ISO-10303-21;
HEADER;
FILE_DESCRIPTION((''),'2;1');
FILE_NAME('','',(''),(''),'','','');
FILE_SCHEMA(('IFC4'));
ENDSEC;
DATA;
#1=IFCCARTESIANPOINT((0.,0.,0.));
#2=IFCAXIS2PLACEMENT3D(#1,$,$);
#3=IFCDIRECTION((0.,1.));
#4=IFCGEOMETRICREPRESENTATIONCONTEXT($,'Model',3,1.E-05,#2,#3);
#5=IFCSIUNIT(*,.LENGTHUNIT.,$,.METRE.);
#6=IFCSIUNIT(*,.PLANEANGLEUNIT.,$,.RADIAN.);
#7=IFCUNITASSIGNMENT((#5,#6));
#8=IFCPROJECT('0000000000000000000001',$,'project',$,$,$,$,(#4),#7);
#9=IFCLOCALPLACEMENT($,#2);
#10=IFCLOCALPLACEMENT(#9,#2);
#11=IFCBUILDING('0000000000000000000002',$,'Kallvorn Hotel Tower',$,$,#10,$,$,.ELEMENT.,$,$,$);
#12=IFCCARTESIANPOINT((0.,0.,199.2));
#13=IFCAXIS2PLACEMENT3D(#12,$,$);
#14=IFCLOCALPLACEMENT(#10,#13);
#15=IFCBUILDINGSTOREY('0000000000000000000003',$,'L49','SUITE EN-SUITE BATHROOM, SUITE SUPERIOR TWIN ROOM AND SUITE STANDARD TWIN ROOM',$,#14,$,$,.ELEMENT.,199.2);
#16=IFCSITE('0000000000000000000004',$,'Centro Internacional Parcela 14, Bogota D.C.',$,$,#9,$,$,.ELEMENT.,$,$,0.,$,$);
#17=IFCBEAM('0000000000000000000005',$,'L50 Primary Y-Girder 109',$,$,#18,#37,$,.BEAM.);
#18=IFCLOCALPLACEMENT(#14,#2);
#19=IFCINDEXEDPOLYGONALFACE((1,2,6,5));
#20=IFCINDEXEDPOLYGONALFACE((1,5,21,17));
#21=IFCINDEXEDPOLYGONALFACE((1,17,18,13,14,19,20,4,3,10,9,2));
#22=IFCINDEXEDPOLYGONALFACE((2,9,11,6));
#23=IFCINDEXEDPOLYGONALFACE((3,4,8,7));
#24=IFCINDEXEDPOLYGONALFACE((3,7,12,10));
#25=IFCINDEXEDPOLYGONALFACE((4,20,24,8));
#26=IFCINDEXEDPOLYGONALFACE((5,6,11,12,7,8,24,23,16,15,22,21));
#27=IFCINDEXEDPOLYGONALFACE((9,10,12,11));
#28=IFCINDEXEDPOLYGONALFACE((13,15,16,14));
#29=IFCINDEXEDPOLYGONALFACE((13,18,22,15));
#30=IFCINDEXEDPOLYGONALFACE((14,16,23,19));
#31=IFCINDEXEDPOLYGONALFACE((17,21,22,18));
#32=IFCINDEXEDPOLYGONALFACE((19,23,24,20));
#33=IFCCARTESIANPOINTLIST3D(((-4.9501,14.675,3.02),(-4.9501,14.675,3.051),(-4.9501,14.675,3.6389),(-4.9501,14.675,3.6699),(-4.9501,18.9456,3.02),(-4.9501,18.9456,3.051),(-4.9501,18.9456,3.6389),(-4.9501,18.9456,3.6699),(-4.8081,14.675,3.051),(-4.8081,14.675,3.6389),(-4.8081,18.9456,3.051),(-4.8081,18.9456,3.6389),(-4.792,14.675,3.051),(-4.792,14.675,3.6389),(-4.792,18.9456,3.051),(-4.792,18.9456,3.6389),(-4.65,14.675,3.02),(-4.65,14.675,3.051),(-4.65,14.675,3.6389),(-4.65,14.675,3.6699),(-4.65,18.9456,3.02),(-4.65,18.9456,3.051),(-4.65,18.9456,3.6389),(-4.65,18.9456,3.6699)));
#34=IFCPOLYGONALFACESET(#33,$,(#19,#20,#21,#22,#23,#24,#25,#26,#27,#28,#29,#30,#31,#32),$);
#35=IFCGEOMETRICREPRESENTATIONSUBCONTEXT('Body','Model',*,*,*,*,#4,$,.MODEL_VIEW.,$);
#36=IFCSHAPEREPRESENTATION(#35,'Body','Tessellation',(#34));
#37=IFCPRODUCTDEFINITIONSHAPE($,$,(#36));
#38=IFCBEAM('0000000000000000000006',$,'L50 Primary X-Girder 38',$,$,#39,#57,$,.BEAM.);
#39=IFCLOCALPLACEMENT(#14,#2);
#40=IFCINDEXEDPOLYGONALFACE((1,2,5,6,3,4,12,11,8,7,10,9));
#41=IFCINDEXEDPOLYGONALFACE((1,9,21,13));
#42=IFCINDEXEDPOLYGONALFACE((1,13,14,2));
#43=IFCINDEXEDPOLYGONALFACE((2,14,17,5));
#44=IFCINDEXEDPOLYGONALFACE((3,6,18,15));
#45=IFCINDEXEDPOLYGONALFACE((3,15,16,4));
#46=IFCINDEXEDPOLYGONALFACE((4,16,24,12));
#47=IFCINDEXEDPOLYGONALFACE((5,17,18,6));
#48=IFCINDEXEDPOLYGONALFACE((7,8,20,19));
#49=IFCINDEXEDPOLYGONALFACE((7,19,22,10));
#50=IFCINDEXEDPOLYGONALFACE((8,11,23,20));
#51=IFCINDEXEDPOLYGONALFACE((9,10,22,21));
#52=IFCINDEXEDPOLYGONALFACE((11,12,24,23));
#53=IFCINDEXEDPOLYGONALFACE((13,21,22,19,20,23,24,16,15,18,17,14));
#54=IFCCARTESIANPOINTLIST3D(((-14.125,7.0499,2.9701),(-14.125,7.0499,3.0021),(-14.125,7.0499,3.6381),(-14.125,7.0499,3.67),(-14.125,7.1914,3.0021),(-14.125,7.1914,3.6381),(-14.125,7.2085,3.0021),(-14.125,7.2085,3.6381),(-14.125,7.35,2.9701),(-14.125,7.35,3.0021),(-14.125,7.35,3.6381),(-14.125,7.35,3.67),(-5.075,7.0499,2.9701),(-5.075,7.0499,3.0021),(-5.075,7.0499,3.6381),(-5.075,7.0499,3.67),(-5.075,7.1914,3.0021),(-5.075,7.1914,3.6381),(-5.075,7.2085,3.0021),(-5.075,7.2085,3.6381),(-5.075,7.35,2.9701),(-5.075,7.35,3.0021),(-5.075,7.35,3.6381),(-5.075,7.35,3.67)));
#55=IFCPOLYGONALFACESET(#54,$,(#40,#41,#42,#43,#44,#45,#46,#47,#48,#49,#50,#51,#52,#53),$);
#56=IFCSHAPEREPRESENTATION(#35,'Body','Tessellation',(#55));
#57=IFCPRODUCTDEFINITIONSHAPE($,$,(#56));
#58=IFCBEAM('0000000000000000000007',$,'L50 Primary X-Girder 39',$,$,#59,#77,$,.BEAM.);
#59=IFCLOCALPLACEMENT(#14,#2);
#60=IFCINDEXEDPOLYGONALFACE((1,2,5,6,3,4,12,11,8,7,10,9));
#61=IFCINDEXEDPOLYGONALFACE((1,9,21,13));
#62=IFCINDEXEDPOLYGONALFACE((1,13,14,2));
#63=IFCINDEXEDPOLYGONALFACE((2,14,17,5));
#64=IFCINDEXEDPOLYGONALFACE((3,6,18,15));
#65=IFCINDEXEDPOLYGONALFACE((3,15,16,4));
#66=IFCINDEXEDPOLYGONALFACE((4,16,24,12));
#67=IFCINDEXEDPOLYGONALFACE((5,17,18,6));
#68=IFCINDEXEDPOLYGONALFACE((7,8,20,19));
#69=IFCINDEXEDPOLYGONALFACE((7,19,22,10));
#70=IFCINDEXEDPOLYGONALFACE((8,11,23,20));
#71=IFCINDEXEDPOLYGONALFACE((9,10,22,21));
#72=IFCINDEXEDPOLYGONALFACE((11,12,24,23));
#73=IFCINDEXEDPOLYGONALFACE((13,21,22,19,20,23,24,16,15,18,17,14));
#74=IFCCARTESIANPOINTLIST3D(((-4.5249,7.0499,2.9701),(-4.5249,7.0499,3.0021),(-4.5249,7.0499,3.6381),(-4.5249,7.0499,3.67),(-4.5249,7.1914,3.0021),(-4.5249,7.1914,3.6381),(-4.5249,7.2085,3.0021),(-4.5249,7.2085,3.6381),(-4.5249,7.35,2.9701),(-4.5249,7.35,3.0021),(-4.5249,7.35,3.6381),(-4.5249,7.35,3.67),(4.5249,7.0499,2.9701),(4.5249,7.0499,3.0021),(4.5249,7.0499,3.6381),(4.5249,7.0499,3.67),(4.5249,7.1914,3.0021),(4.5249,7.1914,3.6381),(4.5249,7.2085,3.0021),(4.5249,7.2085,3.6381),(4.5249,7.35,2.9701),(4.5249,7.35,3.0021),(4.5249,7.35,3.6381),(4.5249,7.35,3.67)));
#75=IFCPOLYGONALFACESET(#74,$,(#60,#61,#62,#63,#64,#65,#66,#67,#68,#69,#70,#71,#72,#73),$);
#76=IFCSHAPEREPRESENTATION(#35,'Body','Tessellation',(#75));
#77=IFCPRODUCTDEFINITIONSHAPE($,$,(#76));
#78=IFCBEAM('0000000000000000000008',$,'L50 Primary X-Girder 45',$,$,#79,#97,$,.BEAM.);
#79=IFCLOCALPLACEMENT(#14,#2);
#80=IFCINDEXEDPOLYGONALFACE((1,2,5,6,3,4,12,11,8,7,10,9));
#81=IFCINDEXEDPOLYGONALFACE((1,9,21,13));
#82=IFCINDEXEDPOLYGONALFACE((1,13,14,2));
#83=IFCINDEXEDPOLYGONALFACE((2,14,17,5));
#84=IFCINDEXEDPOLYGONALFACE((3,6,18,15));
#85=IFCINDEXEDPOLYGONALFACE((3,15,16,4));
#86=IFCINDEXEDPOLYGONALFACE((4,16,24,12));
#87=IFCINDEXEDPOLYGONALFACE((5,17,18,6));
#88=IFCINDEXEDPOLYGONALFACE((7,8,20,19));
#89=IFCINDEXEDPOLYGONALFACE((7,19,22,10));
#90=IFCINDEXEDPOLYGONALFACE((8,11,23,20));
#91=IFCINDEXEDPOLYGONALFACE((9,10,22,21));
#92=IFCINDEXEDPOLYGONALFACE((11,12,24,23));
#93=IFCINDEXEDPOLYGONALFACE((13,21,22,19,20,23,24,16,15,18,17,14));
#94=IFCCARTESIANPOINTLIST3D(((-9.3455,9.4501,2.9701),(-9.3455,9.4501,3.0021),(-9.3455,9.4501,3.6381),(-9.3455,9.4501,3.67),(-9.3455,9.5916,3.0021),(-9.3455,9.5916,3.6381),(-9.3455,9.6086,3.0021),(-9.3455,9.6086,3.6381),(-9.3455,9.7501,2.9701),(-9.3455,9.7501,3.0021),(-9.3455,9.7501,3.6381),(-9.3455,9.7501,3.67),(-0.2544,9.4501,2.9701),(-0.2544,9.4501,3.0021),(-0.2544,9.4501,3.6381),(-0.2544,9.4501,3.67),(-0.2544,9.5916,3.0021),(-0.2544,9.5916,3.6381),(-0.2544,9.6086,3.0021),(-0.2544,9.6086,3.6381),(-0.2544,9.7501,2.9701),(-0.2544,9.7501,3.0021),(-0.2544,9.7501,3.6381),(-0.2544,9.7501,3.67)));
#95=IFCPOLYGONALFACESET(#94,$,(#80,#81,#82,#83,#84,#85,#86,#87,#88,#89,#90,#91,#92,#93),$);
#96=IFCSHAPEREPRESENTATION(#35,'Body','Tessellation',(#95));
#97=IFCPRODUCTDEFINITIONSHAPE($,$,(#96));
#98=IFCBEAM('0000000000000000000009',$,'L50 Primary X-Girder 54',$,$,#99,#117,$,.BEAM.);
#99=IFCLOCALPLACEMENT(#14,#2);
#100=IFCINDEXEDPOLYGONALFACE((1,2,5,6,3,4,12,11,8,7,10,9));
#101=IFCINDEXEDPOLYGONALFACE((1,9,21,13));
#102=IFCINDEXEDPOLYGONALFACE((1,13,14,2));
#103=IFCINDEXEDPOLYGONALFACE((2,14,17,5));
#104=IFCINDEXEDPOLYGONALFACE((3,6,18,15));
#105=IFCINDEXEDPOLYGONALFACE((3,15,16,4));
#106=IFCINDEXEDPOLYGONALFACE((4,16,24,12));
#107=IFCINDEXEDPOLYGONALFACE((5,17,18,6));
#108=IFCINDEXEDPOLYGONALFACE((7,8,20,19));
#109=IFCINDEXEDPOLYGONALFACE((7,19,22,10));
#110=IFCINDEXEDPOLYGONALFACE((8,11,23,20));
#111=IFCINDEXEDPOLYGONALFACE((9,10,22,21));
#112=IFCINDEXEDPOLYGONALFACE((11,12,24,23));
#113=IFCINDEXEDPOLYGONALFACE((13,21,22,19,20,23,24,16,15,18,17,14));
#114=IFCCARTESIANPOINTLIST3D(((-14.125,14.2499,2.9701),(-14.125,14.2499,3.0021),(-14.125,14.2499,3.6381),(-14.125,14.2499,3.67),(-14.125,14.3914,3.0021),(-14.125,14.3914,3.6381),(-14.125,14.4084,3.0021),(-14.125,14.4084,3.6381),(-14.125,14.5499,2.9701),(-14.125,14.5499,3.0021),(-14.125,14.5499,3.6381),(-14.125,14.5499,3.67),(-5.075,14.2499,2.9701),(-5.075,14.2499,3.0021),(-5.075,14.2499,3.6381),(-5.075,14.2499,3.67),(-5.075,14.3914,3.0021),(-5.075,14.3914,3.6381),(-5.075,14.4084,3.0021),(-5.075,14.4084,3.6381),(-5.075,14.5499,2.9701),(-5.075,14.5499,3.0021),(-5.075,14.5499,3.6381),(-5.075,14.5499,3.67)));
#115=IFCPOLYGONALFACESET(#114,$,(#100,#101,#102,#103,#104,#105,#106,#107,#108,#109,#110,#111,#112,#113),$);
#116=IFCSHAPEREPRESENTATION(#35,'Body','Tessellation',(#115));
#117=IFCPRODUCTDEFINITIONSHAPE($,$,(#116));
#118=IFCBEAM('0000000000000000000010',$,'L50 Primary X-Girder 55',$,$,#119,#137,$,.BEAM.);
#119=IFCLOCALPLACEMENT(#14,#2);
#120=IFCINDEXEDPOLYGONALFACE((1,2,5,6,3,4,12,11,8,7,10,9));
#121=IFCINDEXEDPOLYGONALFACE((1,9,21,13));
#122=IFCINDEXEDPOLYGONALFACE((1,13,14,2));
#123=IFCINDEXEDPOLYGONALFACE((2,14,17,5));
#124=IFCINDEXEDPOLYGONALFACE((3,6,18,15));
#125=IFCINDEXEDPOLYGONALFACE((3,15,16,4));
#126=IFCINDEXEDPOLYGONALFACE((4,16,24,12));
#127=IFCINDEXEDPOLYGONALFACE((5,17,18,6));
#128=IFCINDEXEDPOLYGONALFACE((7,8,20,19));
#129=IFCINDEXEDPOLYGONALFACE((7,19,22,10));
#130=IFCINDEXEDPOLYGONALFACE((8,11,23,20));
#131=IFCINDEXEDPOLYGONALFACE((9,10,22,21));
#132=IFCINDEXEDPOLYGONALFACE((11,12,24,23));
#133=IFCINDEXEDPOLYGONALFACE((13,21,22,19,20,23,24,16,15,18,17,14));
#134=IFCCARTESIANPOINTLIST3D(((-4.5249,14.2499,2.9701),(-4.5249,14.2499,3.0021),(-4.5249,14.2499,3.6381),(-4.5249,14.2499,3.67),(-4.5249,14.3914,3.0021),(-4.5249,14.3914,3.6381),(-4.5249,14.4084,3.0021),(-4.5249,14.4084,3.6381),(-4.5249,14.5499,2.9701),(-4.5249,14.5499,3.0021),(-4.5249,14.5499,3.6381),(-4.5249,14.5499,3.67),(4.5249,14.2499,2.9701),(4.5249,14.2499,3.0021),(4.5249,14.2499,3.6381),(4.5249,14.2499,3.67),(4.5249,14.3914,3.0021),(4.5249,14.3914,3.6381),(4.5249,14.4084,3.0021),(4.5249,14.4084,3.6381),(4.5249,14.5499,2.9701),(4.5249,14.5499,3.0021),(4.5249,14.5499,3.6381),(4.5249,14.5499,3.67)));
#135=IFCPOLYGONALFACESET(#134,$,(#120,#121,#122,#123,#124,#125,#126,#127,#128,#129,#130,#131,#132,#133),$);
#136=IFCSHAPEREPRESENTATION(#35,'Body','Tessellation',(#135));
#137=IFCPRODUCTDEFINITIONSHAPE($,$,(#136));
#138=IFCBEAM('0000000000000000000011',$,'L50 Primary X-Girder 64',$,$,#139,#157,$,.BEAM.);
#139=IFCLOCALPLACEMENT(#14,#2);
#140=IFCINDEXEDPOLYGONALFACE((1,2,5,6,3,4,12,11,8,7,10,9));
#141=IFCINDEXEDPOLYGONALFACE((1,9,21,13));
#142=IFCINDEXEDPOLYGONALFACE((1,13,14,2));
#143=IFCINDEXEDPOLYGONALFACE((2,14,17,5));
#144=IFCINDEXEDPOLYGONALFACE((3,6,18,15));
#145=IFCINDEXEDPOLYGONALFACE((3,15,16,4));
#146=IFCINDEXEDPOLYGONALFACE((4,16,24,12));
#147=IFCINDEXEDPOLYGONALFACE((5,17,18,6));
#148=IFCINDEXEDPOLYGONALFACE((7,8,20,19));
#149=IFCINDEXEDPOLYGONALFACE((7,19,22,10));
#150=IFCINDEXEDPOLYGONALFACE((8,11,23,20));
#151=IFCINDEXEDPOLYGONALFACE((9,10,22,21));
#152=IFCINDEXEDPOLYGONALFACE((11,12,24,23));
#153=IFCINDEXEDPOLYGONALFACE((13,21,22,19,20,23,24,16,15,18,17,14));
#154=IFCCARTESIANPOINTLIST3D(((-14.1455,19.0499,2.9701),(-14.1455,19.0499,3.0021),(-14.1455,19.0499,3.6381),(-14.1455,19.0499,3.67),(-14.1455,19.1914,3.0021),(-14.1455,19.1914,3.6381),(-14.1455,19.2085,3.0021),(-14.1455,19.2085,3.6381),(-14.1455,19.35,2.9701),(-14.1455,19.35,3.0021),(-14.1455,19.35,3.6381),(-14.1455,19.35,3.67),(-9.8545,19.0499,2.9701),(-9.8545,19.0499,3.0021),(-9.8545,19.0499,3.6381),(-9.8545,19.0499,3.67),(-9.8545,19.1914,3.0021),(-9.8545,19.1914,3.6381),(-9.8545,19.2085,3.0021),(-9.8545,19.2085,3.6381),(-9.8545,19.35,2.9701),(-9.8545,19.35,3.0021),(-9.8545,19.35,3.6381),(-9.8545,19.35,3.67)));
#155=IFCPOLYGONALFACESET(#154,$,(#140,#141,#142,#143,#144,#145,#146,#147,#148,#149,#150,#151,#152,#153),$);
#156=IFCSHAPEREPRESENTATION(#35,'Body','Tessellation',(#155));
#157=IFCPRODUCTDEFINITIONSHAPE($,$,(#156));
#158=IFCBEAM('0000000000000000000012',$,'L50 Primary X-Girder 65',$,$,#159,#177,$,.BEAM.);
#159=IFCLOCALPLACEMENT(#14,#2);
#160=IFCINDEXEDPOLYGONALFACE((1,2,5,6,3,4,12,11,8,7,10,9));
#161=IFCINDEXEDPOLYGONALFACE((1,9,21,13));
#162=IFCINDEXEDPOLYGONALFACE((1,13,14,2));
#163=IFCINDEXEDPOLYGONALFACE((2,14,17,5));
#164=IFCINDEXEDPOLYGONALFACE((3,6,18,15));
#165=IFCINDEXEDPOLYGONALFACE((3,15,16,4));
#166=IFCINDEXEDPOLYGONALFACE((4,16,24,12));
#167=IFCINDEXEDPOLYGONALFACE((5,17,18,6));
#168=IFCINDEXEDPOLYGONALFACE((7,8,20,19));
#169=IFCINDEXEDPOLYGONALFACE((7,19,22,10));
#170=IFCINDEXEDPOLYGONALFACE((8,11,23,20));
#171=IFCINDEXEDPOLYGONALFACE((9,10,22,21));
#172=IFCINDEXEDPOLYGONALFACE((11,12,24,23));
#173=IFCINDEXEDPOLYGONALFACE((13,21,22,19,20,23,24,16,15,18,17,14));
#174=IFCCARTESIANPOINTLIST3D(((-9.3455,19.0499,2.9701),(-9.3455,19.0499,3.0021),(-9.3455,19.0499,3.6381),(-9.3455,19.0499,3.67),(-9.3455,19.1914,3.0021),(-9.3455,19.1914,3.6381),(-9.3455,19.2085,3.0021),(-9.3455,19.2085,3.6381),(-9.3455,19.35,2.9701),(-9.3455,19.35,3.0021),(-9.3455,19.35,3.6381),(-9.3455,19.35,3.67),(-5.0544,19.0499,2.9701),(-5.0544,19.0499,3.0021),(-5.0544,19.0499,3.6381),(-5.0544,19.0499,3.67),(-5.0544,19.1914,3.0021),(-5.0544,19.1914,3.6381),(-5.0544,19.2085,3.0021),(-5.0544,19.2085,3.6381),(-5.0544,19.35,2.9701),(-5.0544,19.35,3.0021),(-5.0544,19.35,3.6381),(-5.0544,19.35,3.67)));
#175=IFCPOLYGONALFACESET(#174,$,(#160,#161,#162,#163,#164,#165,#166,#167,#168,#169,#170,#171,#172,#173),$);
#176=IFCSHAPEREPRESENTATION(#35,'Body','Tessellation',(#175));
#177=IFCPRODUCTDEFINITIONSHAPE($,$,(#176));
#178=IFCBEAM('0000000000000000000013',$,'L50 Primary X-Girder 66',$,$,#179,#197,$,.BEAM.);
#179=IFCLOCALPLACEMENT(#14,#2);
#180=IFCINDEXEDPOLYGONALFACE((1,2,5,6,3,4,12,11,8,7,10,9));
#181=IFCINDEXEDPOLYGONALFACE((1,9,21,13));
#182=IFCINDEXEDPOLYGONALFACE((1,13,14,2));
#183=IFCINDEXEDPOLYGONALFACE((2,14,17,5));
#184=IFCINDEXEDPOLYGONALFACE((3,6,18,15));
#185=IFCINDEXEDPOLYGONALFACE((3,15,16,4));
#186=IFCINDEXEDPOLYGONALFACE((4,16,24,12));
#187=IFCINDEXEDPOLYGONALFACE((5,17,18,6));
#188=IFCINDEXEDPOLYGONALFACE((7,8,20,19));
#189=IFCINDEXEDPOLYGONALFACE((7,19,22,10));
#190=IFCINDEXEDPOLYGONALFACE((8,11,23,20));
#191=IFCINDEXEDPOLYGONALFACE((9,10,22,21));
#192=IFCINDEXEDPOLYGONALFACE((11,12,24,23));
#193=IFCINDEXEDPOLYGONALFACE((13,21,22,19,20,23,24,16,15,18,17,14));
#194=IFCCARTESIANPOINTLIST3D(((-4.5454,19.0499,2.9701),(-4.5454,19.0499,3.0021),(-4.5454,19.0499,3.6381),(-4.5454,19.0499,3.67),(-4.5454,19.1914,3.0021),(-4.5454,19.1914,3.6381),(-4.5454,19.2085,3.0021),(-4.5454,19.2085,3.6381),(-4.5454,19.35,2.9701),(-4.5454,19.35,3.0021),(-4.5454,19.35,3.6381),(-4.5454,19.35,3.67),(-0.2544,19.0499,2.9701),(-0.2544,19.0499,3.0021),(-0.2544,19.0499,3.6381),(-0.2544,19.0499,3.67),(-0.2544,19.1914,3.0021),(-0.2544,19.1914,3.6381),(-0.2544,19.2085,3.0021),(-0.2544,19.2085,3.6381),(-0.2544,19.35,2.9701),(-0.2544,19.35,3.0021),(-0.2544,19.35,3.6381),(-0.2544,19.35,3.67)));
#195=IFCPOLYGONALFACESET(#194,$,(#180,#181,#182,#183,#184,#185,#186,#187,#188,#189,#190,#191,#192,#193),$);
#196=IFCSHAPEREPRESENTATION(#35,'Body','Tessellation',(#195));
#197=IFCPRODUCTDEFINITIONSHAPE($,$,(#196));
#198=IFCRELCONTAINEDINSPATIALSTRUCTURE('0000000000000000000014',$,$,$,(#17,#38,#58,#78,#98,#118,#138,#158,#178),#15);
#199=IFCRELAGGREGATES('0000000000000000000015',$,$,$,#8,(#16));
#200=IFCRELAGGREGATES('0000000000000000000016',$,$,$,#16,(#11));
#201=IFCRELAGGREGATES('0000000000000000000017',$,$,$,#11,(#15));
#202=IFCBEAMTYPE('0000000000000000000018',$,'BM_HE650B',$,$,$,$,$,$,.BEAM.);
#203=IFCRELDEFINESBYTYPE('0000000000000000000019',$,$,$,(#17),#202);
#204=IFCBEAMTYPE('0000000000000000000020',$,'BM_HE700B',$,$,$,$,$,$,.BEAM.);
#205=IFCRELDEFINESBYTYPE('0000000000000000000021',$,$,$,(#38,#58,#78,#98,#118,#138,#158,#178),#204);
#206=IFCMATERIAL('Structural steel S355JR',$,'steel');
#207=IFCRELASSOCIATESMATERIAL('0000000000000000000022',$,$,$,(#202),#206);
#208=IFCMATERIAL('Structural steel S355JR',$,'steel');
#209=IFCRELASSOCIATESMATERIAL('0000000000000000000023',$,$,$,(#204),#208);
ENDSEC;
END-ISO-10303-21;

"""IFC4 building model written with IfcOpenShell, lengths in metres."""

from ifc_helpers import new_model, si_unit, direction, frame, origin, origin_2d, place, context, subcontext, project, spatial, i_section, extrude, material, material_profile, profile_set, type_object, element, save


model = new_model("IFC4")

# Units and contexts
model_context = context("Model", 3, precision=1e-05, world=origin(), true_north=direction((0.0, 1.0)))
body_context = subcontext(model_context, "Body", "Model", "MODEL_VIEW")
ifc_project = project(units=[si_unit("LENGTHUNIT", "METRE"), si_unit("PLANEANGLEUNIT", "RADIAN")], contexts=[model_context])

# Site, building, storey
site_placement = place(None, origin())
site = spatial("IfcSite", under=ifc_project, at=site_placement, Name="Centro Internacional Parcela 14, Bogota D.C.", CompositionType="ELEMENT", RefElevation=0.0)
building_placement = place(site_placement, origin())
building = spatial("IfcBuilding", under=site, at=building_placement, Name="Kallvorn Hotel Tower", CompositionType="ELEMENT")
storey_placement = place(building_placement, frame((0.0, 0.0, 199.2)))
storey = spatial("IfcBuildingStorey", under=building, at=storey_placement, Name="L49", Description="SUITE EN-SUITE BATHROOM, SUITE SUPERIOR TWIN ROOM AND SUITE STANDARD TWIN ROOM", CompositionType="ELEMENT", Elevation=199.2)

# Beams
ifc_material_1 = material(Name="Structural steel S355JR", Category="steel")
ifc_material_profile_1 = material_profile(ifc_material_1, i_section(OverallWidth=0.3, OverallDepth=0.6499, WebThickness=0.0161, FlangeThickness=0.031, at=origin_2d()), Name="HE 650 B")
ifc_profile_set_1 = profile_set([ifc_material_profile_1], Name="Structural steel S355JR")
beam_type_1 = type_object("IfcBeamType", Name="BM_HE650B", PredefinedType="BEAM", material=ifc_profile_set_1)
beam_1_placement = place(storey_placement, frame((-4.8, 14.675, 3.345), z_axis=(0.0, 1.0, 0.0), x_axis=(-1.0, 0.0, 0.0)))
element("IfcBeam", 1, at=beam_1_placement, inside=storey, type_object=beam_type_1, Name="L50 Primary Y-Girder 109", PredefinedType="BEAM", context=body_context, shape_type="SweptSolid", body=[
    extrude(i_section(OverallWidth=0.3, OverallDepth=0.6499, WebThickness=0.0161, FlangeThickness=0.031, at=origin_2d()), origin(), (0.0, 0.0, 1.0), 4.2705),
])
ifc_material_2 = material(Name="Structural steel S355JR", Category="steel")
ifc_material_profile_2 = material_profile(ifc_material_2, i_section(OverallWidth=0.3, OverallDepth=0.7, WebThickness=0.0171, FlangeThickness=0.032, at=origin_2d()), Name="HE 700 B")
ifc_profile_set_2 = profile_set([ifc_material_profile_2], Name="Structural steel S355JR")
beam_type_2 = type_object("IfcBeamType", Name="BM_HE700B", PredefinedType="BEAM", material=ifc_profile_set_2)
beam_2_placement = place(storey_placement, frame((-14.125, 7.2, 3.3201), z_axis=(1.0, 0.0, 0.0), x_axis=(0.0, 1.0, 0.0)))
element("IfcBeam", 2, at=beam_2_placement, inside=storey, type_object=beam_type_2, Name="L50 Primary X-Girder 38", PredefinedType="BEAM", context=body_context, shape_type="SweptSolid", body=[
    extrude(i_section(OverallWidth=0.3, OverallDepth=0.7, WebThickness=0.0171, FlangeThickness=0.032, at=origin_2d()), origin(), (0.0, 0.0, 1.0), 9.05),
])
beam_3_placement = place(storey_placement, frame((-4.5249, 7.2, 3.3201), z_axis=(1.0, 0.0, 0.0), x_axis=(0.0, 1.0, 0.0)))
element("IfcBeam", 3, at=beam_3_placement, inside=storey, type_object=beam_type_2, Name="L50 Primary X-Girder 39", PredefinedType="BEAM", context=body_context, shape_type="SweptSolid", body=[
    extrude(i_section(OverallWidth=0.3, OverallDepth=0.7, WebThickness=0.0171, FlangeThickness=0.032, at=origin_2d()), origin(), (0.0, 0.0, 1.0), 9.0498),
])
beam_4_placement = place(storey_placement, frame((-9.3455, 9.6001, 3.3201), z_axis=(1.0, 0.0, 0.0), x_axis=(0.0, 1.0, 0.0)))
element("IfcBeam", 4, at=beam_4_placement, inside=storey, type_object=beam_type_2, Name="L50 Primary X-Girder 45", PredefinedType="BEAM", context=body_context, shape_type="SweptSolid", body=[
    extrude(i_section(OverallWidth=0.3, OverallDepth=0.7, WebThickness=0.0171, FlangeThickness=0.032, at=origin_2d()), origin(), (0.0, 0.0, 1.0), 9.0911),
])
beam_5_placement = place(storey_placement, frame((-14.125, 14.3999, 3.3201), z_axis=(1.0, 0.0, 0.0), x_axis=(0.0, 1.0, 0.0)))
element("IfcBeam", 5, at=beam_5_placement, inside=storey, type_object=beam_type_2, Name="L50 Primary X-Girder 54", PredefinedType="BEAM", context=body_context, shape_type="SweptSolid", body=[
    extrude(i_section(OverallWidth=0.3, OverallDepth=0.7, WebThickness=0.0171, FlangeThickness=0.032, at=origin_2d()), origin(), (0.0, 0.0, 1.0), 9.05),
])
beam_6_placement = place(storey_placement, frame((-4.5249, 14.3999, 3.3201), z_axis=(1.0, 0.0, 0.0), x_axis=(0.0, 1.0, 0.0)))
element("IfcBeam", 6, at=beam_6_placement, inside=storey, type_object=beam_type_2, Name="L50 Primary X-Girder 55", PredefinedType="BEAM", context=body_context, shape_type="SweptSolid", body=[
    extrude(i_section(OverallWidth=0.3, OverallDepth=0.7, WebThickness=0.0171, FlangeThickness=0.032, at=origin_2d()), origin(), (0.0, 0.0, 1.0), 9.0498),
])
for number, where, z_axis, x_axis, name in (
    (7, (-14.1455, 19.2, 3.3201), (1.0, 0.0, 0.0), (0.0, 1.0, 0.0), "L50 Primary X-Girder 64"),
    (8, (-9.3455, 19.2, 3.3201), (1.0, 0.0, 0.0), (0.0, 1.0, 0.0), "L50 Primary X-Girder 65"),
    (9, (-4.5454, 19.2, 3.3201), (1.0, 0.0, 0.0), (0.0, 1.0, 0.0), "L50 Primary X-Girder 66"),
):
    element("IfcBeam", number, at=place(storey_placement, frame(where, z_axis=z_axis, x_axis=x_axis)), inside=storey, type_object=beam_type_2, Name=name, PredefinedType="BEAM", context=body_context, shape_type="SweptSolid", body=[
        extrude(i_section(OverallWidth=0.3, OverallDepth=0.7, WebThickness=0.0171, FlangeThickness=0.032, at=origin_2d()), origin(), (0.0, 0.0, 1.0), 4.291),
    ])

save(model, "model.ifc")
